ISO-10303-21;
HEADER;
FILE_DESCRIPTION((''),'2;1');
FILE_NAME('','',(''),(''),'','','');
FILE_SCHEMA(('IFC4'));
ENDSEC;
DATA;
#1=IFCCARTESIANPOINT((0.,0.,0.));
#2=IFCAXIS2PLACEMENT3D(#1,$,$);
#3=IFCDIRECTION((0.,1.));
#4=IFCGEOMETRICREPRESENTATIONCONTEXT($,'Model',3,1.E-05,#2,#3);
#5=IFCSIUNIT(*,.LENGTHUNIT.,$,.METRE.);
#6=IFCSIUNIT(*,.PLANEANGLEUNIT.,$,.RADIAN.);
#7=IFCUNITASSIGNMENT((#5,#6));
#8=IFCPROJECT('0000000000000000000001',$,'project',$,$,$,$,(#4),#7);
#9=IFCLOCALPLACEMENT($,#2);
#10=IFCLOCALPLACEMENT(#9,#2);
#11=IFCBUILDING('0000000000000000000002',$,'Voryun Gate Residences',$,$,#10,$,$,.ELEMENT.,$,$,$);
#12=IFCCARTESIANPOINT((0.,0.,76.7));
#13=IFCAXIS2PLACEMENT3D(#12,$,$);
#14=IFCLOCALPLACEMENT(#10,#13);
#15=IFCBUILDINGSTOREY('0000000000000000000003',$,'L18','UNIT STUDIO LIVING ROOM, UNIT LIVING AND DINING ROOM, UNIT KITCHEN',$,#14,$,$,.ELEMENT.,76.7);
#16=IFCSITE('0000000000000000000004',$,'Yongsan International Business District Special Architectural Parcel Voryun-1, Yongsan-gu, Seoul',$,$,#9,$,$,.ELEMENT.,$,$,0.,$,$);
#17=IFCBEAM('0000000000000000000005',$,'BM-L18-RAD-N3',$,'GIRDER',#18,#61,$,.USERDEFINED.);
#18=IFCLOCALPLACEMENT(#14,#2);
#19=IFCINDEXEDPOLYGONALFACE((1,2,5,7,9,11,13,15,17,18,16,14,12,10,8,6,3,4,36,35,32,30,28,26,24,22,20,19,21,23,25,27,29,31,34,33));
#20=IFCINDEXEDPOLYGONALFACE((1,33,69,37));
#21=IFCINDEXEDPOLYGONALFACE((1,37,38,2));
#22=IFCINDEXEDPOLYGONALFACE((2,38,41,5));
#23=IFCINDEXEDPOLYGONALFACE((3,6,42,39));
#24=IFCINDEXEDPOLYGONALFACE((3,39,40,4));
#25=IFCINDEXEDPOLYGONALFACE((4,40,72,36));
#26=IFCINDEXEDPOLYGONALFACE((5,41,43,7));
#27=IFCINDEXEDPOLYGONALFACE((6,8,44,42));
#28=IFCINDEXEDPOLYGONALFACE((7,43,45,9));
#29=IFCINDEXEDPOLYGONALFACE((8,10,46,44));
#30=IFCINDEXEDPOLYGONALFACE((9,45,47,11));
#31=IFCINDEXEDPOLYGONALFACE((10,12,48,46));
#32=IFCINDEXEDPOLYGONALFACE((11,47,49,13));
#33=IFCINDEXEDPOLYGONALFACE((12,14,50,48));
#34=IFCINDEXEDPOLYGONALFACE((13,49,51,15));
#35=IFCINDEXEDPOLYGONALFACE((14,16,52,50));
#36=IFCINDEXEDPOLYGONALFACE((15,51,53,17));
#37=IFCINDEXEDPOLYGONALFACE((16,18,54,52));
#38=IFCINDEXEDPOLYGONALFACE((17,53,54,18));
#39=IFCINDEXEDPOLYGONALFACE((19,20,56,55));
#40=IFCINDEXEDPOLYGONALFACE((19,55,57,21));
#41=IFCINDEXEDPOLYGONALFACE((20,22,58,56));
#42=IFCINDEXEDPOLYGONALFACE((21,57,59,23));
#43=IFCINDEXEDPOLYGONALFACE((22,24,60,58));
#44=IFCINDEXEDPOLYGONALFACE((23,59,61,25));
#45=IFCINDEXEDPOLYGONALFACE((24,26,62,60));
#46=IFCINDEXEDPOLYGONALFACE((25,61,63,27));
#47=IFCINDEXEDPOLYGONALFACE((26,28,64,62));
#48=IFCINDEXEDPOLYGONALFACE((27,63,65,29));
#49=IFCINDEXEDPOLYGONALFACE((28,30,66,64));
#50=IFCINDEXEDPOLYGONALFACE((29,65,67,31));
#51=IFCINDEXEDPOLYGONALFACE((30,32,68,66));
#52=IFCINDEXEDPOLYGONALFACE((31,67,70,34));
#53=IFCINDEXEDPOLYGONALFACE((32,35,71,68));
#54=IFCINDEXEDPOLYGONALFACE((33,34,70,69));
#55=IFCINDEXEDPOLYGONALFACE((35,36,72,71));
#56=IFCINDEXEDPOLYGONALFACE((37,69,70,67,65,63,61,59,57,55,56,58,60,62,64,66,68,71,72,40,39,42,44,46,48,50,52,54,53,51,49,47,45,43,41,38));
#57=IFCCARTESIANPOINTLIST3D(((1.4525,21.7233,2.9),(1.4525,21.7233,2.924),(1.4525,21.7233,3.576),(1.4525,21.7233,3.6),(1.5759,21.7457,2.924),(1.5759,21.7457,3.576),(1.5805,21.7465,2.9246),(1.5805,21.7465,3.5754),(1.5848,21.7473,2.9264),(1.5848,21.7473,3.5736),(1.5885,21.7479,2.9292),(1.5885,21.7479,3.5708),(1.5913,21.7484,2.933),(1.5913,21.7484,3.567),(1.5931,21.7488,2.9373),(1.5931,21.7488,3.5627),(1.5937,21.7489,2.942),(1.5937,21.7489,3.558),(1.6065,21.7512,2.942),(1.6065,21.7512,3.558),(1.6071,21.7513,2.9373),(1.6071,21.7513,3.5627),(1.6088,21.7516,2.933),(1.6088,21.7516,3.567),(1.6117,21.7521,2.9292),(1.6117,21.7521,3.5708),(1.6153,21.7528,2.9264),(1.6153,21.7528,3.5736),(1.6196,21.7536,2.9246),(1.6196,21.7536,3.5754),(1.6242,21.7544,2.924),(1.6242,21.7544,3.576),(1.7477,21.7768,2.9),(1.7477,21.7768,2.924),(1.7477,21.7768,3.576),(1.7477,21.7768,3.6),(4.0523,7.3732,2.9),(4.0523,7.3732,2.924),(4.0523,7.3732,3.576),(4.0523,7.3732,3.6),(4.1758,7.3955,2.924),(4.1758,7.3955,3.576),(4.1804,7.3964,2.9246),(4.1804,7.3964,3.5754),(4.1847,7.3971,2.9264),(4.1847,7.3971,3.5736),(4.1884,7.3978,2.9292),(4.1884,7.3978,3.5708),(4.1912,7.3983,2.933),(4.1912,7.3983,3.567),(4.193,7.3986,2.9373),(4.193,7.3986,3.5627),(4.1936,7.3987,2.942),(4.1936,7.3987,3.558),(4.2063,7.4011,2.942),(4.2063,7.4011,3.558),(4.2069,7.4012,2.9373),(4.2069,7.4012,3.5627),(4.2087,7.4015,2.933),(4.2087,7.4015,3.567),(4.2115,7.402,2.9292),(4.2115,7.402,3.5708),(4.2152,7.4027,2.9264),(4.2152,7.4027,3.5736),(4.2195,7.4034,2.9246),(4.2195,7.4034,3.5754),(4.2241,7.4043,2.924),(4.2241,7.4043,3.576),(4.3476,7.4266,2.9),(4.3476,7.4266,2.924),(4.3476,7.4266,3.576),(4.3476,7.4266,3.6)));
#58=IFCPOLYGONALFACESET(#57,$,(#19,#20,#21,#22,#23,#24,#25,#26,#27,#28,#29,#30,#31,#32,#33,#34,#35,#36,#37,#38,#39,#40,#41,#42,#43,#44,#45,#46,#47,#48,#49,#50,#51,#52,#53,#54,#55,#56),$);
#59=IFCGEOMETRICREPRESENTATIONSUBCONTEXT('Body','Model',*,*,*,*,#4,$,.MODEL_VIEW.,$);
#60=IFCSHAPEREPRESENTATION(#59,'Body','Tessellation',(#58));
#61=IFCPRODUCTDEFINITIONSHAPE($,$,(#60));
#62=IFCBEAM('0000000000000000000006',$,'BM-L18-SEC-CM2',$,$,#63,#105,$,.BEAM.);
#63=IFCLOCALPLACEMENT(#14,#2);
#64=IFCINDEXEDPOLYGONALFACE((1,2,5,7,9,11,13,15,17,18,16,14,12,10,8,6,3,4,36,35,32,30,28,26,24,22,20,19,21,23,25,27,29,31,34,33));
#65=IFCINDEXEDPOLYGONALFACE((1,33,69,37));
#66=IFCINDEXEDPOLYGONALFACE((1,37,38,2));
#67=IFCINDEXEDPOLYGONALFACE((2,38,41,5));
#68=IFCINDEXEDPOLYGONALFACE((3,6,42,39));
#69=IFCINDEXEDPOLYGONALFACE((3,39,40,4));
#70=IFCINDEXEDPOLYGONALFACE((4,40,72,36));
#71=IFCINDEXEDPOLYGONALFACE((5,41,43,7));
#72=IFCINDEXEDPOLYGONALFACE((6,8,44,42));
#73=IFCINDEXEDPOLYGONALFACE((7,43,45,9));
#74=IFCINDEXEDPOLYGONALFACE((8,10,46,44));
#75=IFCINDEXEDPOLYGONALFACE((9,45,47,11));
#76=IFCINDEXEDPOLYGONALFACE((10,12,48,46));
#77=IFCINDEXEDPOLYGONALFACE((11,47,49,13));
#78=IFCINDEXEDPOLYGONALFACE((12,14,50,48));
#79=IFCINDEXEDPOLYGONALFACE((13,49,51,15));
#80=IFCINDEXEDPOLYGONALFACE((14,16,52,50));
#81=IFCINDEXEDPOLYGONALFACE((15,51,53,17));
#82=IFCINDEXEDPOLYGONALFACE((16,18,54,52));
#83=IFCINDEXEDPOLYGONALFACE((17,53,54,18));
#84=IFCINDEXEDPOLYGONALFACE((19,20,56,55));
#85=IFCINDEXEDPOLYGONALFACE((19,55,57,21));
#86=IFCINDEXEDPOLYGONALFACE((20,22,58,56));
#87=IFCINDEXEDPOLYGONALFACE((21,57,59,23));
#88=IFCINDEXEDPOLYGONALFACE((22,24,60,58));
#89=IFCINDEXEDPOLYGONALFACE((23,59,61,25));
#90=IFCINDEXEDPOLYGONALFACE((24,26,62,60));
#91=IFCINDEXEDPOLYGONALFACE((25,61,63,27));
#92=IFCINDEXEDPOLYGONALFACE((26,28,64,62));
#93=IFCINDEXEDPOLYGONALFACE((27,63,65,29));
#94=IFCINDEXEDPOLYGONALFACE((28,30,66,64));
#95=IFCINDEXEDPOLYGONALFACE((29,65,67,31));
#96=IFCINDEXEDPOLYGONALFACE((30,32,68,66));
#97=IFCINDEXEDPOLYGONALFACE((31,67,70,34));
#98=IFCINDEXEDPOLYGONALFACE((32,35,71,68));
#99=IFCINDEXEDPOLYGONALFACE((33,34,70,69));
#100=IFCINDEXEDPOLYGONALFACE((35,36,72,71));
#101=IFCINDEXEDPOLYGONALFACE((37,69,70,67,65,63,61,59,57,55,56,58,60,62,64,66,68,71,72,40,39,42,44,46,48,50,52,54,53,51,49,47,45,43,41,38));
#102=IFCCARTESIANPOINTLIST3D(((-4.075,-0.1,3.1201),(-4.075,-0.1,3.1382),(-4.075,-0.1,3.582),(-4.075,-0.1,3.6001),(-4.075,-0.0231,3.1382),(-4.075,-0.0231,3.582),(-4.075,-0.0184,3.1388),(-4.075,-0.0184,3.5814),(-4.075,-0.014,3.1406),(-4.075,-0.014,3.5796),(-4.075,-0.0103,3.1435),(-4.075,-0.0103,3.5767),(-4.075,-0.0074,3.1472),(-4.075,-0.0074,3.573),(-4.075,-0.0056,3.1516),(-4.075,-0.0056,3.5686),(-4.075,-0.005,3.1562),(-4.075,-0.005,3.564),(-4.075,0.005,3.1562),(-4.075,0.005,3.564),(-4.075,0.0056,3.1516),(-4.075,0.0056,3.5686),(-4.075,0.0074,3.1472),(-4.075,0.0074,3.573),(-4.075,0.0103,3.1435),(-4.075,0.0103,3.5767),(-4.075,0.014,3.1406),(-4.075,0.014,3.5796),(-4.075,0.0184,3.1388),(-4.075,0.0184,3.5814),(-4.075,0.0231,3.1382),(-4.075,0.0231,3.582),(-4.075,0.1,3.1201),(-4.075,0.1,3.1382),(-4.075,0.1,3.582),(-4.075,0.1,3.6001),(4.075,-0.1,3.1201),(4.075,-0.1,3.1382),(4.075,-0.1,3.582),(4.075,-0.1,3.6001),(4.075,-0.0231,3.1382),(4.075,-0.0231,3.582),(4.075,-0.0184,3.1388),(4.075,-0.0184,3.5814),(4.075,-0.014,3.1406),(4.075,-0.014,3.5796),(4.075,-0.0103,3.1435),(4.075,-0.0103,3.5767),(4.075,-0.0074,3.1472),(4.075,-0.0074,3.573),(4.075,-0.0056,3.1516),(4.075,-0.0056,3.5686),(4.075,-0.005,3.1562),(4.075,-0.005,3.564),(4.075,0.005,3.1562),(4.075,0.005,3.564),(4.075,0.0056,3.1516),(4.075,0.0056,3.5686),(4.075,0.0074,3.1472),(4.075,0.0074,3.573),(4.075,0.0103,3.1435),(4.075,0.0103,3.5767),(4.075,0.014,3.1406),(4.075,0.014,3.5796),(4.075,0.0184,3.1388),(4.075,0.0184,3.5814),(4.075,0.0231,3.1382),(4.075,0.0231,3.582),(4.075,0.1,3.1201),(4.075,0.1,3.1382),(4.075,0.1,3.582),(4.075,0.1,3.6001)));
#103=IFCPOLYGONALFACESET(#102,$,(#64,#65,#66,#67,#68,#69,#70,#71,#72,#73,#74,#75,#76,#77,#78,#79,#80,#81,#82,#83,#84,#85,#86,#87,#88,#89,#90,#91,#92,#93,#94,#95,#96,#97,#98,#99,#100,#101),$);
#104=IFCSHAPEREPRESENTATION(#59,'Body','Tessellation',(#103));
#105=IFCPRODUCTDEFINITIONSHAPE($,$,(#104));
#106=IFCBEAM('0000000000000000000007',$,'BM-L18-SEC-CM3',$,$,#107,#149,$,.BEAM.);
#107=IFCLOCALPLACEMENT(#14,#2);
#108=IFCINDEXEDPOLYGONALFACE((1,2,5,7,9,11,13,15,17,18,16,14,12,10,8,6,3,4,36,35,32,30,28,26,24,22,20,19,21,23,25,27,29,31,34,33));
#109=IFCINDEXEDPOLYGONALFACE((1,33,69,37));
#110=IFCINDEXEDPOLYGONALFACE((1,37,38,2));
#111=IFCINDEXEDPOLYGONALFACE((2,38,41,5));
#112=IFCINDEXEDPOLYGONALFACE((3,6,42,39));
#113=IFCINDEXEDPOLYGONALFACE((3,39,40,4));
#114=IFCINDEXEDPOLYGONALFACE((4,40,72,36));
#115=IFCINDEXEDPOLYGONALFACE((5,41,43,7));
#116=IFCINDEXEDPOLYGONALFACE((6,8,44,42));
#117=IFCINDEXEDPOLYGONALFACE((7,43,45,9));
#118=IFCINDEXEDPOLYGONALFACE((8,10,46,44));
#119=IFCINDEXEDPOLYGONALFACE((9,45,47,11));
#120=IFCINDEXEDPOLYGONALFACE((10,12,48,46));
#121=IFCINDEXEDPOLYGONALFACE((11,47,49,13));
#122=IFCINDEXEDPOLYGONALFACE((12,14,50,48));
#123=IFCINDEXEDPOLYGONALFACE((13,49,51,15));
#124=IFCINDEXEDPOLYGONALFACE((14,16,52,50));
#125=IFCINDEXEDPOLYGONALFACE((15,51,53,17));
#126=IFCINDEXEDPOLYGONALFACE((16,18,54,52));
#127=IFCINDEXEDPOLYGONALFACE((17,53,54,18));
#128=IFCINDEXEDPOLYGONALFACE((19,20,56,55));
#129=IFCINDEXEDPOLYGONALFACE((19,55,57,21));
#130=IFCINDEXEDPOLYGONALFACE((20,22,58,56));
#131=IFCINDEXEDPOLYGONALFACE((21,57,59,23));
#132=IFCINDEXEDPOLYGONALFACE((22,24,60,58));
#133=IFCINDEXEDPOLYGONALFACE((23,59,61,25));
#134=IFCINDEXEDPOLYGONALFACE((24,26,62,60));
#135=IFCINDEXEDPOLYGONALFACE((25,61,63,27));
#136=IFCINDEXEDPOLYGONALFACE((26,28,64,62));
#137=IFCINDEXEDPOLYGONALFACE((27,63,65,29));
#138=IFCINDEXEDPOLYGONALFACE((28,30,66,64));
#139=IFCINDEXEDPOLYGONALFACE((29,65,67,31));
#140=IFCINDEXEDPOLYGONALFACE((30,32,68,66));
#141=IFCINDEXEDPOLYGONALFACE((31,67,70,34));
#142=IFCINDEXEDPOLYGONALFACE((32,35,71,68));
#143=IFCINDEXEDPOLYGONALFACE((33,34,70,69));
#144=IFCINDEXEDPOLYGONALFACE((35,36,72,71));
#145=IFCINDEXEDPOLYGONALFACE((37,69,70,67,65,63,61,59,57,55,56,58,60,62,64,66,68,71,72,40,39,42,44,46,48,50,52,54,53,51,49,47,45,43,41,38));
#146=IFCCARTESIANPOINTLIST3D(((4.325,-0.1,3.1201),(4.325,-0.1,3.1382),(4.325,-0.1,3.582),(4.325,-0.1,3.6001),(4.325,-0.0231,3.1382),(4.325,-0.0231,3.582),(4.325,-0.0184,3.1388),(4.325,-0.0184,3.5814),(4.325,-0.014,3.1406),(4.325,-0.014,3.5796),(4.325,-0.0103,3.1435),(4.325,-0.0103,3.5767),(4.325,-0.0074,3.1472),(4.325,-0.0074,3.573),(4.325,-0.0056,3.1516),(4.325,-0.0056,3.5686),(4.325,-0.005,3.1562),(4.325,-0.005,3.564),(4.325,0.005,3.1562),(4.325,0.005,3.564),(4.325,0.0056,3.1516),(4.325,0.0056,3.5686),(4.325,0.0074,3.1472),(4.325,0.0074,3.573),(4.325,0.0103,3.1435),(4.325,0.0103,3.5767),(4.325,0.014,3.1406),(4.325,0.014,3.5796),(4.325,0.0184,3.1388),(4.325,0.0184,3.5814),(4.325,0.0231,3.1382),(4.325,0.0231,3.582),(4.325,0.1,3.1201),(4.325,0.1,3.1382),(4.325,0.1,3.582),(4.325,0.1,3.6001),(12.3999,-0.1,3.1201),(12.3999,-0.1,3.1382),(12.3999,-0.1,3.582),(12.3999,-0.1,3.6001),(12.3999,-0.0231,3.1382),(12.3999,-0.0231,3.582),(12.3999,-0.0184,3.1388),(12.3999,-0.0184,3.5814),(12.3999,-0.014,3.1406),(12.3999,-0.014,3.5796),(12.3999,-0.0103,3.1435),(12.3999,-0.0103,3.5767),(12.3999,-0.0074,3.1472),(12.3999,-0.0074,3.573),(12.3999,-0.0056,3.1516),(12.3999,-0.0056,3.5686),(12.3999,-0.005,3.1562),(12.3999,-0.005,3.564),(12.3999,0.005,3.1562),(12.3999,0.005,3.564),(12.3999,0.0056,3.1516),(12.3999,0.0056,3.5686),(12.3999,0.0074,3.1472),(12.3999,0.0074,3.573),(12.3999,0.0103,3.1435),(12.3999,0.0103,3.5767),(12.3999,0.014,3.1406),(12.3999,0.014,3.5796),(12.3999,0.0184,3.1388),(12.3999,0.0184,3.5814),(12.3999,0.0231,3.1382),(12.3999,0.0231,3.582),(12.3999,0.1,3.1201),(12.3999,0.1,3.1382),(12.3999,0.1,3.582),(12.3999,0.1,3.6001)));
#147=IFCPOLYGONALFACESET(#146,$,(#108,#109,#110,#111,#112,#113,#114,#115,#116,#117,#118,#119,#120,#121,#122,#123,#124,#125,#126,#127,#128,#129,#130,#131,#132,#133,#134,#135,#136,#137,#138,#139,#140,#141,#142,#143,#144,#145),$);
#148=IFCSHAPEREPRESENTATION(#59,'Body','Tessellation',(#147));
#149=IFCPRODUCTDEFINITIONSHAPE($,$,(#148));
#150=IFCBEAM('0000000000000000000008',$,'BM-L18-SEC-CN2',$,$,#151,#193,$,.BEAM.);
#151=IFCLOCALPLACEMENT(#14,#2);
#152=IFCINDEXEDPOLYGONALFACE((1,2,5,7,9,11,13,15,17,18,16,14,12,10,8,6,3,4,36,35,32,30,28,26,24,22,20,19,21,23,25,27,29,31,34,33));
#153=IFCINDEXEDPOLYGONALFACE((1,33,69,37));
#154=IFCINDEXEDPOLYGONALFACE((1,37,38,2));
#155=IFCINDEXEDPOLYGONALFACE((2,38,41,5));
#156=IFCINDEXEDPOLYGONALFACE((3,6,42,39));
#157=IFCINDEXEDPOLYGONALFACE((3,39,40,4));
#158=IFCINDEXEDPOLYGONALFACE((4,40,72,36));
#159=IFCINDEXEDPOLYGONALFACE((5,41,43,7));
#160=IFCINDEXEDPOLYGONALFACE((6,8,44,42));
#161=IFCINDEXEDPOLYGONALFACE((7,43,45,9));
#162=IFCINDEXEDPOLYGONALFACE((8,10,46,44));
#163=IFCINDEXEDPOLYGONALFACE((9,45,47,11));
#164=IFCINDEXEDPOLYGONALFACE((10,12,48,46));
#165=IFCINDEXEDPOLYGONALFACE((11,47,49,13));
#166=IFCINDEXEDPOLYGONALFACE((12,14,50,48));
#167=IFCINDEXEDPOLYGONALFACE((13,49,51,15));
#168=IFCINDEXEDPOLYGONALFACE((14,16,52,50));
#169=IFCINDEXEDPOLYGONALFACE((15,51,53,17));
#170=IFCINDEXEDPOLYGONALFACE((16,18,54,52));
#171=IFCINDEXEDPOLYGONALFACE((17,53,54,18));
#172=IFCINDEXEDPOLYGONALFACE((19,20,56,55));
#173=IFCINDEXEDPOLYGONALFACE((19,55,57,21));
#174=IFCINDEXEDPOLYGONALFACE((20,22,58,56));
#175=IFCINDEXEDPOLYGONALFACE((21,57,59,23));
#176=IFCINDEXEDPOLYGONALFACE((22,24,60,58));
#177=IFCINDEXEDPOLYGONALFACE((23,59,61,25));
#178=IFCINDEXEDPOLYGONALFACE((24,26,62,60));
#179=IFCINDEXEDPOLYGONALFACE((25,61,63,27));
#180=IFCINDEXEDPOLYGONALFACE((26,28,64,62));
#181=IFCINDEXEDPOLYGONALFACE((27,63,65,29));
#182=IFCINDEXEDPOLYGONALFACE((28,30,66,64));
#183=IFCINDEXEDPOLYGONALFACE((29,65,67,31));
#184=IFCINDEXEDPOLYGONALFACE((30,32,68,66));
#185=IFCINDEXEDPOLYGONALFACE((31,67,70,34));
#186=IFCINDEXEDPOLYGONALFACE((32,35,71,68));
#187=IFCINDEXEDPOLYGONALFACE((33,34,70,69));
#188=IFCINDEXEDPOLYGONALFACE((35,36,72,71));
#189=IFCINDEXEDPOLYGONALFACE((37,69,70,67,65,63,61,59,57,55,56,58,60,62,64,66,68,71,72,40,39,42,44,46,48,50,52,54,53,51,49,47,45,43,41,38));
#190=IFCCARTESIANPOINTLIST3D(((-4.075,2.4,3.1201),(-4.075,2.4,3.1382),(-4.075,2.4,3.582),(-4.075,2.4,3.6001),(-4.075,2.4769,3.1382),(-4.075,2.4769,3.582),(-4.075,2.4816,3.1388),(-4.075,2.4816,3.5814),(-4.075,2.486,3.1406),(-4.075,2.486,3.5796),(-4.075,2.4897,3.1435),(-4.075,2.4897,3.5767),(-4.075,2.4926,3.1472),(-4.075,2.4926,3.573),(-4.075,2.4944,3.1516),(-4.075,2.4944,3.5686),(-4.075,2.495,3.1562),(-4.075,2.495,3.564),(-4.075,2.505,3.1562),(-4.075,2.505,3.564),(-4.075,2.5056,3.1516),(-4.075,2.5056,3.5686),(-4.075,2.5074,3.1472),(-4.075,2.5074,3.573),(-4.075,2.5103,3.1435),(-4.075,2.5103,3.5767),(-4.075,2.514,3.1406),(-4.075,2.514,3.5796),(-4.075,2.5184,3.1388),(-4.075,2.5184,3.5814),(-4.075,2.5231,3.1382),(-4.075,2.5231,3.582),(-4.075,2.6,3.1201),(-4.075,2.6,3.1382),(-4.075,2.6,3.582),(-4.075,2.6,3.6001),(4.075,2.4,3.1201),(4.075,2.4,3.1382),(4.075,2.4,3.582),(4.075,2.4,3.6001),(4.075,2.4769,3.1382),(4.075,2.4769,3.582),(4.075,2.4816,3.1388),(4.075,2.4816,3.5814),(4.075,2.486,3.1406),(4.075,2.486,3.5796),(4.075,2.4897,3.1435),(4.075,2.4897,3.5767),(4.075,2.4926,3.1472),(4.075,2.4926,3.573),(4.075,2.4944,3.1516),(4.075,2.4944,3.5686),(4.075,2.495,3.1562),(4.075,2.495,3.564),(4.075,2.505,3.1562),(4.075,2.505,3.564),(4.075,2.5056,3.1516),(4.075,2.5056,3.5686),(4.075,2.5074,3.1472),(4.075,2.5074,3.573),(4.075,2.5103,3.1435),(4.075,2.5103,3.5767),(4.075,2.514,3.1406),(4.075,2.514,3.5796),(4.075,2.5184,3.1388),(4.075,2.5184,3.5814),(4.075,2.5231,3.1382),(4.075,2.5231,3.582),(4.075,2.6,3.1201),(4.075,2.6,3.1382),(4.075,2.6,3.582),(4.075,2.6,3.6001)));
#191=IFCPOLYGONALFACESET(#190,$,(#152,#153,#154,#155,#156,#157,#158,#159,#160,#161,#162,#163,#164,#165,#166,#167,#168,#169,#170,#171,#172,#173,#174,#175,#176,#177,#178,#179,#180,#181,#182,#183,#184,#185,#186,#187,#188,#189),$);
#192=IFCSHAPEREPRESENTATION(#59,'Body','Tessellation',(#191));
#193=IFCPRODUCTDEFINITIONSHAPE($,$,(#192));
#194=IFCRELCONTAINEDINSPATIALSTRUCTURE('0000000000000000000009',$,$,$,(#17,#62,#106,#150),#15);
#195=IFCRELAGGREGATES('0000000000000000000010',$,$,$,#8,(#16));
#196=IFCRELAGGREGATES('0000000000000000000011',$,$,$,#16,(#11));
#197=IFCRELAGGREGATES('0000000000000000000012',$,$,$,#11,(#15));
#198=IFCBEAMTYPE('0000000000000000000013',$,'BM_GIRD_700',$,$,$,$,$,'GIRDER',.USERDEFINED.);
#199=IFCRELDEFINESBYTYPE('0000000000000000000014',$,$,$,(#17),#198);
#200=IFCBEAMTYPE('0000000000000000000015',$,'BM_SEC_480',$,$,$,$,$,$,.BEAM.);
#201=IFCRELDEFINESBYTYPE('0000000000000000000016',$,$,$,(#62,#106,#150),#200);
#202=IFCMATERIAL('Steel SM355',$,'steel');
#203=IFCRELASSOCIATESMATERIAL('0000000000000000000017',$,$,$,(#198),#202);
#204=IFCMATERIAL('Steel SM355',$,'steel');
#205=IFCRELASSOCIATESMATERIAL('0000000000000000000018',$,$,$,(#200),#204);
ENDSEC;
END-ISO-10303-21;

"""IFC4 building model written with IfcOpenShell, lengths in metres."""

from ifc_helpers import new_model, si_unit, direction, frame, origin, origin_2d, place, context, subcontext, project, spatial, i_section, extrude, material, material_profile, profile_set, type_object, element, save


model = new_model("IFC4")

# Units and contexts
model_context = context("Model", 3, precision=1e-05, world=origin(), true_north=direction((0.0, 1.0)))
body_context = subcontext(model_context, "Body", "Model", "MODEL_VIEW")
ifc_project = project(units=[si_unit("LENGTHUNIT", "METRE"), si_unit("PLANEANGLEUNIT", "RADIAN")], contexts=[model_context])

# Site, building, storey
site_placement = place(None, origin())
site = spatial("IfcSite", under=ifc_project, at=site_placement, Name="Yongsan International Business District Special Architectural Parcel Voryun-1, Yongsan-gu, Seoul", CompositionType="ELEMENT", RefElevation=0.0)
building_placement = place(site_placement, origin())
building = spatial("IfcBuilding", under=site, at=building_placement, Name="Voryun Gate Residences", CompositionType="ELEMENT")
storey_placement = place(building_placement, frame((0.0, 0.0, 76.7)))
storey = spatial("IfcBuildingStorey", under=building, at=storey_placement, Name="L18", Description="UNIT STUDIO LIVING ROOM, UNIT LIVING AND DINING ROOM, UNIT KITCHEN", CompositionType="ELEMENT", Elevation=76.7)

# Beams
ifc_material_1 = material(Name="Steel SM355", Category="steel")
ifc_material_profile_1 = material_profile(ifc_material_1, i_section(OverallWidth=0.3, OverallDepth=0.7, WebThickness=0.0129, FlangeThickness=0.0239, FilletRadius=0.0181, at=origin_2d()), Name="H-700x300x13x24")
ifc_profile_set_1 = profile_set([ifc_material_profile_1], Name="Steel SM355")
beam_type_1 = type_object("IfcBeamType", Name="BM_GIRD_700", ElementType="GIRDER", PredefinedType="USERDEFINED", material=ifc_profile_set_1)
beam_1_placement = place(storey_placement, frame((4.2, 7.3999, 3.25), z_axis=(-0.178271, 0.983981, 0.0), x_axis=(-0.983981, -0.178271, 0.0)))
element("IfcBeam", 1, at=beam_1_placement, inside=storey, type_object=beam_type_1, Name="BM-L18-RAD-N3", ObjectType="GIRDER", PredefinedType="USERDEFINED", context=body_context, shape_type="SweptSolid", body=[
    extrude(i_section(OverallWidth=0.3, OverallDepth=0.7, WebThickness=0.0129, FlangeThickness=0.0239, FilletRadius=0.0181, at=origin_2d()), origin(), (0.0, 0.0, 1.0), 14.5837),
])
ifc_material_2 = material(Name="Steel SM355", Category="steel")
ifc_material_profile_2 = material_profile(ifc_material_2, i_section(OverallWidth=0.2, OverallDepth=0.48, WebThickness=0.01, FlangeThickness=0.0181, FilletRadius=0.0181, at=origin_2d()), Name="H-480x200x10x18")
ifc_profile_set_2 = profile_set([ifc_material_profile_2], Name="Steel SM355")
beam_type_2 = type_object("IfcBeamType", Name="BM_SEC_480", PredefinedType="BEAM", material=ifc_profile_set_2)
beam_2_placement = place(storey_placement, frame((-4.075, 0.0, 3.3601), z_axis=(1.0, 0.0, 0.0), x_axis=(0.0, 1.0, 0.0)))
element("IfcBeam", 2, at=beam_2_placement, inside=storey, type_object=beam_type_2, Name="BM-L18-SEC-CM2", PredefinedType="BEAM", context=body_context, shape_type="SweptSolid", body=[
    extrude(i_section(OverallWidth=0.2, OverallDepth=0.48, WebThickness=0.01, FlangeThickness=0.0181, FilletRadius=0.0181, at=origin_2d()), origin(), (0.0, 0.0, 1.0), 8.1499),
])
beam_3_placement = place(storey_placement, frame((4.325, 0.0, 3.3601), z_axis=(1.0, 0.0, 0.0), x_axis=(0.0, 1.0, 0.0)))
element("IfcBeam", 3, at=beam_3_placement, inside=storey, type_object=beam_type_2, Name="BM-L18-SEC-CM3", PredefinedType="BEAM", context=body_context, shape_type="SweptSolid", body=[
    extrude(i_section(OverallWidth=0.2, OverallDepth=0.48, WebThickness=0.01, FlangeThickness=0.0181, FilletRadius=0.0181, at=origin_2d()), origin(), (0.0, 0.0, 1.0), 8.075),
])
beam_4_placement = place(storey_placement, frame((-4.075, 2.5, 3.3601), z_axis=(1.0, 0.0, 0.0), x_axis=(0.0, 1.0, 0.0)))
element("IfcBeam", 4, at=beam_4_placement, inside=storey, type_object=beam_type_2, Name="BM-L18-SEC-CN2", PredefinedType="BEAM", context=body_context, shape_type="SweptSolid", body=[
    extrude(i_section(OverallWidth=0.2, OverallDepth=0.48, WebThickness=0.01, FlangeThickness=0.0181, FilletRadius=0.0181, at=origin_2d()), origin(), (0.0, 0.0, 1.0), 8.1499),
])

save(model, "model.ifc")
